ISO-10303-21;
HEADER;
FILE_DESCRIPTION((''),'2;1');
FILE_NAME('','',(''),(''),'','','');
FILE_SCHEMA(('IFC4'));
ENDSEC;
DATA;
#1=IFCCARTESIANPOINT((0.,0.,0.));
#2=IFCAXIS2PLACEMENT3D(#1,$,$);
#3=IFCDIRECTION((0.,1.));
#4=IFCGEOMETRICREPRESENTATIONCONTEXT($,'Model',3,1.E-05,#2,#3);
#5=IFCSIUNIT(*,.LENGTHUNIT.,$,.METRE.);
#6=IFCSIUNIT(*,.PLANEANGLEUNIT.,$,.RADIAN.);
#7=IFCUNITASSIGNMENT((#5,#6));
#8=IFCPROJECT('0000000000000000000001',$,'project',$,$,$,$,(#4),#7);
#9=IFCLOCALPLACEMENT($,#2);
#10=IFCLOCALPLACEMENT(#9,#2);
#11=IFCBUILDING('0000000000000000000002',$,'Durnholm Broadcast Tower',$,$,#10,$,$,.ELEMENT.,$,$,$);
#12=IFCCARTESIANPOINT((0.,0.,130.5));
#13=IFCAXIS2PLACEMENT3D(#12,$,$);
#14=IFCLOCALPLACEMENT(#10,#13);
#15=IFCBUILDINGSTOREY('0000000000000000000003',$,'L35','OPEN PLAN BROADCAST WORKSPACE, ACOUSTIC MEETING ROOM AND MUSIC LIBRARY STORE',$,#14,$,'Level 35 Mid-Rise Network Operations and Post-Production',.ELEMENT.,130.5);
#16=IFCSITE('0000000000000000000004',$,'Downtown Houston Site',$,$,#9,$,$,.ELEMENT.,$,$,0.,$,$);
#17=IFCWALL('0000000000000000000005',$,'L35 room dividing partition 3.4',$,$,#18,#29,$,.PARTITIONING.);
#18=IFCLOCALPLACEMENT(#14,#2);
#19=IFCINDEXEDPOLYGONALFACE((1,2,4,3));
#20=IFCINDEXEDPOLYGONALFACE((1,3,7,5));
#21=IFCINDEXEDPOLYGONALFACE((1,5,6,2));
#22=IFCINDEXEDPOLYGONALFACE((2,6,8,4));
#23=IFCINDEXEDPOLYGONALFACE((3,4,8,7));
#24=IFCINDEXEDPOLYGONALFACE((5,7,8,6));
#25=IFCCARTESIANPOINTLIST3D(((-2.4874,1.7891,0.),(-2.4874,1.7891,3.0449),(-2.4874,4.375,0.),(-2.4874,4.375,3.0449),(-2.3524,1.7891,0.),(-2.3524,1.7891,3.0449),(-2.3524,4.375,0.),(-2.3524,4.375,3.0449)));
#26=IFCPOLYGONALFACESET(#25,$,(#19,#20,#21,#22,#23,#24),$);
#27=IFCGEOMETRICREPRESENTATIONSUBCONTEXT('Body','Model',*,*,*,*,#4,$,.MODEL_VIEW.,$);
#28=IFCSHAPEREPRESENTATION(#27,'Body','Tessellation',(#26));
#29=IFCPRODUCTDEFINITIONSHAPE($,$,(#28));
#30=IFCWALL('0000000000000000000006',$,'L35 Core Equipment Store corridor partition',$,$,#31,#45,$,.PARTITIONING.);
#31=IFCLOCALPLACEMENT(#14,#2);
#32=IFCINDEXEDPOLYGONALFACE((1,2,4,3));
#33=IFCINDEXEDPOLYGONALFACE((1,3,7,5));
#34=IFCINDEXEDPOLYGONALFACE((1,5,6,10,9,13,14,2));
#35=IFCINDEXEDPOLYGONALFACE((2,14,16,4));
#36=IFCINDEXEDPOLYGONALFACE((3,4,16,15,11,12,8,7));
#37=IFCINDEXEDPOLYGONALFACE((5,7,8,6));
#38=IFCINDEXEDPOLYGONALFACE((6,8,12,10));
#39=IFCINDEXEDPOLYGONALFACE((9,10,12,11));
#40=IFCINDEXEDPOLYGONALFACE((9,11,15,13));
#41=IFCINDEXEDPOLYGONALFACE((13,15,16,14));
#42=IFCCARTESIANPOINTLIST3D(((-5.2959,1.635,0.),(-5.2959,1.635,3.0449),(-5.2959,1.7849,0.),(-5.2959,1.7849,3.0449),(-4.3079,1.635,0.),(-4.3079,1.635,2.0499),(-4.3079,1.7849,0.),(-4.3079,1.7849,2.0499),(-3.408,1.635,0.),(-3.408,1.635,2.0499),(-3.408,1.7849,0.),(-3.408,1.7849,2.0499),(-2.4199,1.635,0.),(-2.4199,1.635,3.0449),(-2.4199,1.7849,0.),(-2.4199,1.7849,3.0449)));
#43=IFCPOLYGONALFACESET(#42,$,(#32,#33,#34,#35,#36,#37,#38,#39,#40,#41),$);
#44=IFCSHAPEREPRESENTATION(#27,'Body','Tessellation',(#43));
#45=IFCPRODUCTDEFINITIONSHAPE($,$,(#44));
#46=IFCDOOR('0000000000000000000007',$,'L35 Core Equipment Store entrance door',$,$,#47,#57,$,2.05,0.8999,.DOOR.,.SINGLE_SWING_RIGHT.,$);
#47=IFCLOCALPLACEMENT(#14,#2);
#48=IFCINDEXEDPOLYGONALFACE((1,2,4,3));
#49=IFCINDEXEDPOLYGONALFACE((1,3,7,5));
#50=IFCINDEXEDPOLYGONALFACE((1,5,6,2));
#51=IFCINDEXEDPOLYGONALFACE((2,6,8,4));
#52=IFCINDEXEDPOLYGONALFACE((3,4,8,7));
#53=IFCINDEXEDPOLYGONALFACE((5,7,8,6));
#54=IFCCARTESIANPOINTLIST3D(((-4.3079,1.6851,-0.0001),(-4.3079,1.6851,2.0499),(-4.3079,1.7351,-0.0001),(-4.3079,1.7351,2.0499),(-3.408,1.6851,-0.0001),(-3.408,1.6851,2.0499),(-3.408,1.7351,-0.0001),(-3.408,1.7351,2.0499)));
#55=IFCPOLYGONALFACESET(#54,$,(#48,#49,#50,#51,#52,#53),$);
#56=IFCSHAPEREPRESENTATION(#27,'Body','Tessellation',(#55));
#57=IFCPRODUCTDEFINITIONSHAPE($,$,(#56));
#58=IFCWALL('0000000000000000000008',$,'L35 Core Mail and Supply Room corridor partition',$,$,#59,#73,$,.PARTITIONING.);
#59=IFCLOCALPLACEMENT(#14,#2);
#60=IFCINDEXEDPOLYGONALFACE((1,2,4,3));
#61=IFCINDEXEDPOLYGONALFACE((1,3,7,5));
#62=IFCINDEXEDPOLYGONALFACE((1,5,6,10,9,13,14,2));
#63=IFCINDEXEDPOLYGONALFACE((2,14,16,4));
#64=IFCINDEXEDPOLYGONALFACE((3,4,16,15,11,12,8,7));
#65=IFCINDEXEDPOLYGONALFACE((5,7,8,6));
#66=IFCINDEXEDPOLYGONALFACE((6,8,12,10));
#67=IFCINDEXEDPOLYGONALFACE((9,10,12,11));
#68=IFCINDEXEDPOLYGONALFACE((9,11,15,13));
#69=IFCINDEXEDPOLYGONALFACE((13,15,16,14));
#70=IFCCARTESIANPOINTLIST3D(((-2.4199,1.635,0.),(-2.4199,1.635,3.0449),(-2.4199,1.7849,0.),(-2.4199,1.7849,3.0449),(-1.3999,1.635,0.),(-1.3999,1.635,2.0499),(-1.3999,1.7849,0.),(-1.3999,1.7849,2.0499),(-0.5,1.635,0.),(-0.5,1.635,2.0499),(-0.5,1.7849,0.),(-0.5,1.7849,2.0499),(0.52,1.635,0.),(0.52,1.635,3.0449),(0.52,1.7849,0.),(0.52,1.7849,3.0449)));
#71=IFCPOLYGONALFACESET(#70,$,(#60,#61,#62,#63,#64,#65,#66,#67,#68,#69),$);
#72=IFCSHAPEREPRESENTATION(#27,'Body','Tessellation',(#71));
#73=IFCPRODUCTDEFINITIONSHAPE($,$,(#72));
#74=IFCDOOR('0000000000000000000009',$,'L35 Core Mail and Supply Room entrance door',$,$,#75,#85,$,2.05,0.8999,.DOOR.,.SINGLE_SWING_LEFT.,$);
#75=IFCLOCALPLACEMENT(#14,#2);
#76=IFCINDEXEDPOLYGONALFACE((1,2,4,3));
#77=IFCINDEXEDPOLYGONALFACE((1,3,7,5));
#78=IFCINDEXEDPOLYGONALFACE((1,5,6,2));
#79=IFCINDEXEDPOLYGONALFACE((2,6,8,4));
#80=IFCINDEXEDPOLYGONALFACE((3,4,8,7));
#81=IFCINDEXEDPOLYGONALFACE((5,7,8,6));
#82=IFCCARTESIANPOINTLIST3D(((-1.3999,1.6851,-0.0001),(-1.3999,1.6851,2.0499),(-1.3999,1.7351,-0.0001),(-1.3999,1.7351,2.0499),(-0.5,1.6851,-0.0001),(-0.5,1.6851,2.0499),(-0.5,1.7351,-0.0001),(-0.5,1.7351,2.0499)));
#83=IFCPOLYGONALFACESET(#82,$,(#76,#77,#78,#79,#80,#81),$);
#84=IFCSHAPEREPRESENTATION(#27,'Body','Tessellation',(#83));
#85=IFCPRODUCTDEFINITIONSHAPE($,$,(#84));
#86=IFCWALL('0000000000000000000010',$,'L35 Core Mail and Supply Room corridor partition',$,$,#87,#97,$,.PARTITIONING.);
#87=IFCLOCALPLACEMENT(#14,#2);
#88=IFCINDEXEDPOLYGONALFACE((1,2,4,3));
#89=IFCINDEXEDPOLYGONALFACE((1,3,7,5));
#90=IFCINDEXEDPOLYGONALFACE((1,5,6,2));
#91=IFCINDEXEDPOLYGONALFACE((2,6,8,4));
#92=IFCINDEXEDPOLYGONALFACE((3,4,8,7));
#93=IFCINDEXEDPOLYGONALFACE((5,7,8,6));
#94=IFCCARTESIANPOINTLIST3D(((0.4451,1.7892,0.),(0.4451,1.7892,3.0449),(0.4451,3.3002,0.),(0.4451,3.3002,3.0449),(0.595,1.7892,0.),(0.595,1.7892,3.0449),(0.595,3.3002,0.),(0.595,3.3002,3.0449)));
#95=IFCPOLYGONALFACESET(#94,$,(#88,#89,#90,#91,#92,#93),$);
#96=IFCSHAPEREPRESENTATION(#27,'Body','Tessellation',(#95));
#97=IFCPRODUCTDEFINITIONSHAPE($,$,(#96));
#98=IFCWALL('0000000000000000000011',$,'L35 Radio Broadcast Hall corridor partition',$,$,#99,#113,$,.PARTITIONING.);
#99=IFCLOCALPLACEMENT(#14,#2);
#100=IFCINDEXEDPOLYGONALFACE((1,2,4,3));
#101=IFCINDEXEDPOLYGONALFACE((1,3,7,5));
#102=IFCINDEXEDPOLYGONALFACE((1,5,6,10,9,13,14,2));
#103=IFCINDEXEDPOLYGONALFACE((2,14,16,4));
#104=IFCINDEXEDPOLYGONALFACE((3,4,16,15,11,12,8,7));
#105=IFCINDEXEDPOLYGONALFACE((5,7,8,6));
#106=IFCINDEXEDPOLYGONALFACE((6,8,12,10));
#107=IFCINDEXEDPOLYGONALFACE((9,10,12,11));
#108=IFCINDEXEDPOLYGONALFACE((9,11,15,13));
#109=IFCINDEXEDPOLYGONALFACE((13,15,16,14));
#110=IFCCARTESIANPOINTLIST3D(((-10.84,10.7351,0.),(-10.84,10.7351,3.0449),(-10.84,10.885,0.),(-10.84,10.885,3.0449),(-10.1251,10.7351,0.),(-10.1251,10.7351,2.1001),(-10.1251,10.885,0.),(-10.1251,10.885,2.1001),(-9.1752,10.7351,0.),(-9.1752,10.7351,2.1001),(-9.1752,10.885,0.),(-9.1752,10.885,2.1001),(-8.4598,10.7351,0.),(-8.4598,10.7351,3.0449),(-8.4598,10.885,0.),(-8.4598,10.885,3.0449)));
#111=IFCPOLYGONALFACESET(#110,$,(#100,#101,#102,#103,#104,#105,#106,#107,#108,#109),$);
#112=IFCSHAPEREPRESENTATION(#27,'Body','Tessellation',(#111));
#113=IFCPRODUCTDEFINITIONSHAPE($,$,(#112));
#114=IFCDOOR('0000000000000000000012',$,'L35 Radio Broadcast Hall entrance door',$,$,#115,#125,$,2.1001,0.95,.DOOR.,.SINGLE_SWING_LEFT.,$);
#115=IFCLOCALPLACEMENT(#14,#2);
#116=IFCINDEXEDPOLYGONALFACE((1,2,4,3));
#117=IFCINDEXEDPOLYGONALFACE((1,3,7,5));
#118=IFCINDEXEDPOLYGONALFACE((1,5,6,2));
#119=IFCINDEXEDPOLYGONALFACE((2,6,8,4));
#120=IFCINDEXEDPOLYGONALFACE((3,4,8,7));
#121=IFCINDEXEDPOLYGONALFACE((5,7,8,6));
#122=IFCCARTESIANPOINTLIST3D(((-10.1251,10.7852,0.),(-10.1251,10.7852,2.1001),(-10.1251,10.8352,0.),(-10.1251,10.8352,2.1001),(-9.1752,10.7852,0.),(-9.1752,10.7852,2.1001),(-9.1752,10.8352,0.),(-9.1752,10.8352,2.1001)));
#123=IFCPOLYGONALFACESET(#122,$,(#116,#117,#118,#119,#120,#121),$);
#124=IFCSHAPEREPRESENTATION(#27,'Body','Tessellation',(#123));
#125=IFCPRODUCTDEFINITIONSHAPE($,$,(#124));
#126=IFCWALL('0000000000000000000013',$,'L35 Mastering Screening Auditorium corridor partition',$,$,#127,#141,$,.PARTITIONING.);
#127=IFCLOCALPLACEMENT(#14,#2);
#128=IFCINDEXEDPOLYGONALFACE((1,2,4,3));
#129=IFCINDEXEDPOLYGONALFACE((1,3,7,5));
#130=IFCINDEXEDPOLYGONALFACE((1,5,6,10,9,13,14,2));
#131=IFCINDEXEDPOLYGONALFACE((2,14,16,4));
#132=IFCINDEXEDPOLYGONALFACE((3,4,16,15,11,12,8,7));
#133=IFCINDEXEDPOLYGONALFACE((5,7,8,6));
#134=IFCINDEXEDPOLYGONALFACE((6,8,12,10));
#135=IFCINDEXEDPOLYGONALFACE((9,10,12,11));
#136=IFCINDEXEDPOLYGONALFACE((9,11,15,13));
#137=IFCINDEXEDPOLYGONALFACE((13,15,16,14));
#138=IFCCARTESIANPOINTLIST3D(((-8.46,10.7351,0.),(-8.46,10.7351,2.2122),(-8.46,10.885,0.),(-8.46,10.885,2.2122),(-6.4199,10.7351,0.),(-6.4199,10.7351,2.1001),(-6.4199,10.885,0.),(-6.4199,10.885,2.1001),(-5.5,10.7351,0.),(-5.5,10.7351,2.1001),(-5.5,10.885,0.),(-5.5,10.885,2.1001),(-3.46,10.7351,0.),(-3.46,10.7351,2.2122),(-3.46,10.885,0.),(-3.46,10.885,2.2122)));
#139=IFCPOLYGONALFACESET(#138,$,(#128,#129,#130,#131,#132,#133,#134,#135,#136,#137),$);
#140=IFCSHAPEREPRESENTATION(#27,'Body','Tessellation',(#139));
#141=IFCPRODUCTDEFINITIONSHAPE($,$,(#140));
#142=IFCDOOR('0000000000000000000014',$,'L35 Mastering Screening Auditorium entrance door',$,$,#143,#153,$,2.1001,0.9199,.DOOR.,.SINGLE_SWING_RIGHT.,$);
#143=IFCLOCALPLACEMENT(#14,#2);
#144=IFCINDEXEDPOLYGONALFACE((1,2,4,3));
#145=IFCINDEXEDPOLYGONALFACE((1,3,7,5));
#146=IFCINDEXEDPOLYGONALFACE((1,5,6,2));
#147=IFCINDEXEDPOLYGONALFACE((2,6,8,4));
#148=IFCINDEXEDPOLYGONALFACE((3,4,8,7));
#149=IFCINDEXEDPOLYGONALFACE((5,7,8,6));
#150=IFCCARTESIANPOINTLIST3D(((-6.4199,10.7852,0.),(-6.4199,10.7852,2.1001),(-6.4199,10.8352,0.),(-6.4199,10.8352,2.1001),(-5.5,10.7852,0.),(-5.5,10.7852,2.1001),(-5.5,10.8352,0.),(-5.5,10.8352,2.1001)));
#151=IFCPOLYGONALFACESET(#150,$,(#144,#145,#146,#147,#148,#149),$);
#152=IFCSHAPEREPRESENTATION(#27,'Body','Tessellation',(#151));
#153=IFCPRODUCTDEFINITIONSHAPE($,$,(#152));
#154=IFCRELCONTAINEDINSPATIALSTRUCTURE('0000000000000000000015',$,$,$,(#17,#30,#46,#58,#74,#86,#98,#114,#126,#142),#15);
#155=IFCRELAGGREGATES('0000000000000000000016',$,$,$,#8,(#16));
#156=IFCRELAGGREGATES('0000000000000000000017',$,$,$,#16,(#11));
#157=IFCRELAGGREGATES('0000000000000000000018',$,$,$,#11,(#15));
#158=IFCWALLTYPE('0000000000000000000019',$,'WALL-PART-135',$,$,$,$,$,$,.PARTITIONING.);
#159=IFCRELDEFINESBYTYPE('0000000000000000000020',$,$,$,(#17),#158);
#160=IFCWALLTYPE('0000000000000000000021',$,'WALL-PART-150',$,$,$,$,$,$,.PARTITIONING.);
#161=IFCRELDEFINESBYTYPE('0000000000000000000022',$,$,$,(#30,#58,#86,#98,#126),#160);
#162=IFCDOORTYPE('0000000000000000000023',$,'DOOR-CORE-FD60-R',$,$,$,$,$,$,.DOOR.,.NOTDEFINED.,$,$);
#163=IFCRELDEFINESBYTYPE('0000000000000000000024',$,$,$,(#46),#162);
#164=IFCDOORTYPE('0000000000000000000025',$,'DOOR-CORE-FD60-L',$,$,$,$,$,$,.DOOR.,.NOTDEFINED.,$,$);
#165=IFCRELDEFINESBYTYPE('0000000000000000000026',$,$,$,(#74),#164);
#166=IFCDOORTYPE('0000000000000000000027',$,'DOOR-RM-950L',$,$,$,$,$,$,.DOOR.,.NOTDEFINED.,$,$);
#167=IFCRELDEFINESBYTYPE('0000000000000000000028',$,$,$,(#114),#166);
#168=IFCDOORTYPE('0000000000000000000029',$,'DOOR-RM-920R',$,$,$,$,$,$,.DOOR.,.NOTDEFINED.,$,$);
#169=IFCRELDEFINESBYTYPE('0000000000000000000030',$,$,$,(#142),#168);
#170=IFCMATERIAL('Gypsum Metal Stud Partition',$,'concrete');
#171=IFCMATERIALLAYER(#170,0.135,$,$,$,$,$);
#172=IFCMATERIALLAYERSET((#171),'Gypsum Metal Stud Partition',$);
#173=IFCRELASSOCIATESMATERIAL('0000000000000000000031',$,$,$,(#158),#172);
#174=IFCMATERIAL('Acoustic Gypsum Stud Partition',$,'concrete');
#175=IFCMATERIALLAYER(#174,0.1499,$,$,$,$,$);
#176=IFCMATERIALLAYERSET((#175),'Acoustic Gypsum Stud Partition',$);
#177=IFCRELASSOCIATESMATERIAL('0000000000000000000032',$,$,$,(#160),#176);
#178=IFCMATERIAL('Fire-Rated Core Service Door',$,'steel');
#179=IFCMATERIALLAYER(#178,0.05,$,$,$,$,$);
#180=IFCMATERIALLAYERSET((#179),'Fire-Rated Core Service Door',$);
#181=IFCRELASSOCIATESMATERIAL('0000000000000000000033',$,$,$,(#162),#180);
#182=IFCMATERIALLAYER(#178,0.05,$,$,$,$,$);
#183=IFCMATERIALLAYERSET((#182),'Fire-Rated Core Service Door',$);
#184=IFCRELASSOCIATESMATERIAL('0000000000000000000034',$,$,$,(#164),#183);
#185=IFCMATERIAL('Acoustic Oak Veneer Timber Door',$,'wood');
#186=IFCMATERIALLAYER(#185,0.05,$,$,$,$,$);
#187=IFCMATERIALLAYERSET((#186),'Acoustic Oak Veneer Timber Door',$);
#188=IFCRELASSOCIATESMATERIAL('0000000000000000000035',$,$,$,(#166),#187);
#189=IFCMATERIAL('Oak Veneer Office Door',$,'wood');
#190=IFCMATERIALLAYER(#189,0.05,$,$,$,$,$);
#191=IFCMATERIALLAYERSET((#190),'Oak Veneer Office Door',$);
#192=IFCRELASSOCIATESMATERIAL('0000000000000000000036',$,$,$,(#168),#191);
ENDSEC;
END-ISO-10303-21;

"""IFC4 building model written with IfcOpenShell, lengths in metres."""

from ifc_helpers import new_model, si_unit, direction, frame, frame_2d, origin, place, context, subcontext, project, spatial, rectangle, extrude, source, transform, mapped, material, layer, layer_set, type_object, type_shapes, element, fill, save


model = new_model("IFC4")

# Units and contexts
model_context = context("Model", 3, precision=1e-05, world=origin(), true_north=direction((0.0, 1.0)))
body_context = subcontext(model_context, "Body", "Model", "MODEL_VIEW")
ifc_project = project(units=[si_unit("LENGTHUNIT", "METRE"), si_unit("PLANEANGLEUNIT", "RADIAN")], contexts=[model_context])

# Site, building, storey
site_placement = place(None, origin())
site = spatial("IfcSite", under=ifc_project, at=site_placement, Name="Downtown Houston Site", CompositionType="ELEMENT", RefElevation=0.0)
building_placement = place(site_placement, origin())
building = spatial("IfcBuilding", under=site, at=building_placement, Name="Durnholm Broadcast Tower", CompositionType="ELEMENT")
storey_placement = place(building_placement, frame((0.0, 0.0, 130.5)))
storey = spatial("IfcBuildingStorey", under=building, at=storey_placement, Name="L35", Description="OPEN PLAN BROADCAST WORKSPACE, ACOUSTIC MEETING ROOM AND MUSIC LIBRARY STORE", LongName="Level 35 Mid-Rise Network Operations and Post-Production", CompositionType="ELEMENT", Elevation=130.5)

# Wall
ifc_material_1 = material(Name="Gypsum Metal Stud Partition", Category="concrete")
ifc_layer_1 = layer(ifc_material_1, 0.135)
ifc_layer_set_1 = layer_set([ifc_layer_1], Name="Gypsum Metal Stud Partition")
wall_type_1 = type_object("IfcWallType", Name="WALL-PART-135", PredefinedType="PARTITIONING", material=ifc_layer_set_1)
wall_1_placement = place(storey_placement, frame((-2.4199, 4.375, 0.0), z_axis=(0.0, 0.0, 1.0), x_axis=(0.0, -1.0, 0.0)))
element("IfcWall", 1, at=wall_1_placement, inside=storey, type_object=wall_type_1, Name="L35 room dividing partition 3.4", PredefinedType="PARTITIONING", context=body_context, shape_type="SweptSolid", body=[
    extrude(rectangle(XDim=2.5859, YDim=0.135, at=frame_2d((1.293, 0.0))), origin(), (0.0, 0.0, 1.0), 3.0449),
])

# Walls, openings, doors
ifc_material_2 = material(Name="Acoustic Gypsum Stud Partition", Category="concrete")
ifc_layer_2 = layer(ifc_material_2, 0.1499)
ifc_layer_set_2 = layer_set([ifc_layer_2], Name="Acoustic Gypsum Stud Partition")
wall_type_2 = type_object("IfcWallType", Name="WALL-PART-150", PredefinedType="PARTITIONING", material=ifc_layer_set_2)
wall_2_placement = place(storey_placement, frame((-2.4199, 1.71, 0.0), z_axis=(0.0, 0.0, 1.0), x_axis=(-1.0, 0.0, 0.0)))
wall_2 = element("IfcWall", 2, at=wall_2_placement, inside=storey, type_object=wall_type_2, Name="L35 Core Equipment Store corridor partition", PredefinedType="PARTITIONING", context=body_context, shape_type="SweptSolid", body=[
    extrude(rectangle(XDim=2.876, YDim=0.1499, at=frame_2d((1.438, 0.0))), origin(), (0.0, 0.0, 1.0), 3.0449),
])
opening_1_placement = place(wall_2_placement, frame((0.988, 0.0, 0.0)))
opening_1 = element("IfcOpeningElement", 3, at=opening_1_placement, cuts=wall_2, PredefinedType="OPENING", context=body_context, shape_type="SweptSolid", body=[
    extrude(rectangle(XDim=0.8999, YDim=2.05, at=frame_2d((0.45, 1.0249))), frame((0.0, 0.085, 0.0), z_axis=(0.0, -1.0, 0.0), x_axis=(1.0, 0.0, 0.0)), (0.0, 0.0, 1.0), 0.1699),
])
ifc_material_3 = material(Name="Fire-Rated Core Service Door", Category="steel")
ifc_layer_3 = layer(ifc_material_3, 0.05)
ifc_layer_set_3 = layer_set([ifc_layer_3], Name="Fire-Rated Core Service Door")
door_type_1 = type_object("IfcDoorType", Name="DOOR-CORE-FD60-R", OperationType="NOTDEFINED", PredefinedType="DOOR", material=ifc_layer_set_3)
shared_shape_1 = source(origin(), body_context, "Body", "SweptSolid", [
    extrude(rectangle(XDim=0.8999, YDim=2.05, at=frame_2d((0.45, 1.0249))), frame((0.0, 0.0249, 0.0), z_axis=(0.0, -1.0, 0.0), x_axis=(1.0, 0.0, 0.0)), (0.0, 0.0, 1.0), 0.05),
])
type_shapes(door_type_1, [shared_shape_1])
door_1_placement = place(opening_1_placement, origin())
door_1 = element("IfcDoor", 4, at=door_1_placement, inside=storey, type_object=door_type_1, Name="L35 Core Equipment Store entrance door", OperationType="SINGLE_SWING_RIGHT", OverallHeight=2.05, OverallWidth=0.8999, PredefinedType="DOOR", context=body_context, shape_type="MappedRepresentation", body=[
    mapped(shared_shape_1, transform((0.0, 0.0, 0.0), x_axis=(1.0, 0.0, 0.0), y_axis=(0.0, 1.0, 0.0), z_axis=(0.0, 0.0, 1.0), scale=1.0)),
])
fill(opening_1, door_1)
wall_3_placement = place(storey_placement, frame((0.52, 1.71, 0.0), z_axis=(0.0, 0.0, 1.0), x_axis=(-1.0, 0.0, 0.0)))
wall_3 = element("IfcWall", 5, at=wall_3_placement, inside=storey, type_object=wall_type_2, Name="L35 Core Mail and Supply Room corridor partition", PredefinedType="PARTITIONING", context=body_context, shape_type="SweptSolid", body=[
    extrude(rectangle(XDim=2.9399, YDim=0.1499, at=frame_2d((1.47, 0.0))), origin(), (0.0, 0.0, 1.0), 3.0449),
])
opening_2_placement = place(wall_3_placement, frame((1.02, 0.0, 0.0)))
opening_2 = element("IfcOpeningElement", 6, at=opening_2_placement, cuts=wall_3, PredefinedType="OPENING", context=body_context, shape_type="SweptSolid", body=[
    extrude(rectangle(XDim=0.8999, YDim=2.05, at=frame_2d((0.45, 1.0249))), frame((0.0, 0.085, 0.0), z_axis=(0.0, -1.0, 0.0), x_axis=(1.0, 0.0, 0.0)), (0.0, 0.0, 1.0), 0.1699),
])
ifc_layer_4 = layer(ifc_material_3, 0.05)
ifc_layer_set_4 = layer_set([ifc_layer_4], Name="Fire-Rated Core Service Door")
door_type_2 = type_object("IfcDoorType", Name="DOOR-CORE-FD60-L", OperationType="NOTDEFINED", PredefinedType="DOOR", material=ifc_layer_set_4)
shared_shape_2 = source(origin(), body_context, "Body", "SweptSolid", [
    extrude(rectangle(XDim=0.8999, YDim=2.05, at=frame_2d((0.45, 1.0249))), frame((0.0, 0.0249, 0.0), z_axis=(0.0, -1.0, 0.0), x_axis=(1.0, 0.0, 0.0)), (0.0, 0.0, 1.0), 0.05),
])
type_shapes(door_type_2, [shared_shape_2])
door_2_placement = place(opening_2_placement, origin())
door_2 = element("IfcDoor", 7, at=door_2_placement, inside=storey, type_object=door_type_2, Name="L35 Core Mail and Supply Room entrance door", OperationType="SINGLE_SWING_LEFT", OverallHeight=2.05, OverallWidth=0.8999, PredefinedType="DOOR", context=body_context, shape_type="MappedRepresentation", body=[
    mapped(shared_shape_2, transform((0.0, 0.0, 0.0), x_axis=(1.0, 0.0, 0.0), y_axis=(0.0, 1.0, 0.0), z_axis=(0.0, 0.0, 1.0), scale=1.0)),
])
fill(opening_2, door_2)

# Wall
wall_4_placement = place(storey_placement, frame((0.52, 3.3, 0.0), z_axis=(0.0, 0.0, 1.0), x_axis=(0.0, -1.0, 0.0)))
element("IfcWall", 8, at=wall_4_placement, inside=storey, type_object=wall_type_2, Name="L35 Core Mail and Supply Room corridor partition", PredefinedType="PARTITIONING", context=body_context, shape_type="SweptSolid", body=[
    extrude(rectangle(XDim=1.511, YDim=0.1499, at=frame_2d((0.7554, 0.0))), origin(), (0.0, 0.0, 1.0), 3.0449),
])

# Walls, openings, doors
wall_5_placement = place(storey_placement, frame((-8.46, 10.8101, 0.0), z_axis=(0.0, 0.0, 1.0), x_axis=(-1.0, 0.0, 0.0)))
wall_5 = element("IfcWall", 9, at=wall_5_placement, inside=storey, type_object=wall_type_2, Name="L35 Radio Broadcast Hall corridor partition", PredefinedType="PARTITIONING", context=body_context, shape_type="SweptSolid", body=[
    extrude(rectangle(XDim=2.3801, YDim=0.1499, at=frame_2d((1.1899, 0.0))), origin(), (0.0, 0.0, 1.0), 3.0449),
])
opening_3_placement = place(wall_5_placement, frame((0.7151, 0.0, 0.0)))
opening_3 = element("IfcOpeningElement", 10, at=opening_3_placement, cuts=wall_5, PredefinedType="OPENING", context=body_context, shape_type="SweptSolid", body=[
    extrude(rectangle(XDim=0.95, YDim=2.1001, at=frame_2d((0.4751, 1.05))), frame((0.0, 0.085, 0.0), z_axis=(0.0, -1.0, 0.0), x_axis=(1.0, 0.0, 0.0)), (0.0, 0.0, 1.0), 0.1699),
])
ifc_material_4 = material(Name="Acoustic Oak Veneer Timber Door", Category="wood")
ifc_layer_5 = layer(ifc_material_4, 0.05)
ifc_layer_set_5 = layer_set([ifc_layer_5], Name="Acoustic Oak Veneer Timber Door")
door_type_3 = type_object("IfcDoorType", Name="DOOR-RM-950L", OperationType="NOTDEFINED", PredefinedType="DOOR", material=ifc_layer_set_5)
shared_shape_3 = source(origin(), body_context, "Body", "SweptSolid", [
    extrude(rectangle(XDim=0.95, YDim=2.1001, at=frame_2d((0.4751, 1.05))), frame((0.0, 0.0249, 0.0), z_axis=(0.0, -1.0, 0.0), x_axis=(1.0, 0.0, 0.0)), (0.0, 0.0, 1.0), 0.05),
])
type_shapes(door_type_3, [shared_shape_3])
door_3_placement = place(opening_3_placement, origin())
door_3 = element("IfcDoor", 11, at=door_3_placement, inside=storey, type_object=door_type_3, Name="L35 Radio Broadcast Hall entrance door", OperationType="SINGLE_SWING_LEFT", OverallHeight=2.1001, OverallWidth=0.95, PredefinedType="DOOR", context=body_context, shape_type="MappedRepresentation", body=[
    mapped(shared_shape_3, transform((0.0, 0.0, 0.0), x_axis=(1.0, 0.0, 0.0), y_axis=(0.0, 1.0, 0.0), z_axis=(0.0, 0.0, 1.0), scale=1.0)),
])
fill(opening_3, door_3)
wall_6_placement = place(storey_placement, frame((-3.46, 10.8101, 0.0), z_axis=(0.0, 0.0, 1.0), x_axis=(-1.0, 0.0, 0.0)))
wall_6 = element("IfcWall", 12, at=wall_6_placement, inside=storey, type_object=wall_type_2, Name="L35 Mastering Screening Auditorium corridor partition", PredefinedType="PARTITIONING", context=body_context, shape_type="SweptSolid", body=[
    extrude(rectangle(XDim=5.0, YDim=0.1499, at=frame_2d((2.5, 0.0))), origin(), (0.0, 0.0, 1.0), 2.2122),
])
opening_4_placement = place(wall_6_placement, frame((2.04, 0.0, 0.0)))
opening_4 = element("IfcOpeningElement", 13, at=opening_4_placement, cuts=wall_6, PredefinedType="OPENING", context=body_context, shape_type="SweptSolid", body=[
    extrude(rectangle(XDim=0.9199, YDim=2.1001, at=frame_2d((0.46, 1.05))), frame((0.0, 0.085, 0.0), z_axis=(0.0, -1.0, 0.0), x_axis=(1.0, 0.0, 0.0)), (0.0, 0.0, 1.0), 0.1699),
])
ifc_material_5 = material(Name="Oak Veneer Office Door", Category="wood")
ifc_layer_6 = layer(ifc_material_5, 0.05)
ifc_layer_set_6 = layer_set([ifc_layer_6], Name="Oak Veneer Office Door")
door_type_4 = type_object("IfcDoorType", Name="DOOR-RM-920R", OperationType="NOTDEFINED", PredefinedType="DOOR", material=ifc_layer_set_6)
shared_shape_4 = source(origin(), body_context, "Body", "SweptSolid", [
    extrude(rectangle(XDim=0.9199, YDim=2.1001, at=frame_2d((0.46, 1.05))), frame((0.0, 0.0249, 0.0), z_axis=(0.0, -1.0, 0.0), x_axis=(1.0, 0.0, 0.0)), (0.0, 0.0, 1.0), 0.05),
])
type_shapes(door_type_4, [shared_shape_4])
door_4_placement = place(opening_4_placement, origin())
door_4 = element("IfcDoor", 14, at=door_4_placement, inside=storey, type_object=door_type_4, Name="L35 Mastering Screening Auditorium entrance door", OperationType="SINGLE_SWING_RIGHT", OverallHeight=2.1001, OverallWidth=0.9199, PredefinedType="DOOR", context=body_context, shape_type="MappedRepresentation", body=[
    mapped(shared_shape_4, transform((0.0, 0.0, 0.0), x_axis=(1.0, 0.0, 0.0), y_axis=(0.0, 1.0, 0.0), z_axis=(0.0, 0.0, 1.0), scale=1.0)),
])
fill(opening_4, door_4)

save(model, "model.ifc")
